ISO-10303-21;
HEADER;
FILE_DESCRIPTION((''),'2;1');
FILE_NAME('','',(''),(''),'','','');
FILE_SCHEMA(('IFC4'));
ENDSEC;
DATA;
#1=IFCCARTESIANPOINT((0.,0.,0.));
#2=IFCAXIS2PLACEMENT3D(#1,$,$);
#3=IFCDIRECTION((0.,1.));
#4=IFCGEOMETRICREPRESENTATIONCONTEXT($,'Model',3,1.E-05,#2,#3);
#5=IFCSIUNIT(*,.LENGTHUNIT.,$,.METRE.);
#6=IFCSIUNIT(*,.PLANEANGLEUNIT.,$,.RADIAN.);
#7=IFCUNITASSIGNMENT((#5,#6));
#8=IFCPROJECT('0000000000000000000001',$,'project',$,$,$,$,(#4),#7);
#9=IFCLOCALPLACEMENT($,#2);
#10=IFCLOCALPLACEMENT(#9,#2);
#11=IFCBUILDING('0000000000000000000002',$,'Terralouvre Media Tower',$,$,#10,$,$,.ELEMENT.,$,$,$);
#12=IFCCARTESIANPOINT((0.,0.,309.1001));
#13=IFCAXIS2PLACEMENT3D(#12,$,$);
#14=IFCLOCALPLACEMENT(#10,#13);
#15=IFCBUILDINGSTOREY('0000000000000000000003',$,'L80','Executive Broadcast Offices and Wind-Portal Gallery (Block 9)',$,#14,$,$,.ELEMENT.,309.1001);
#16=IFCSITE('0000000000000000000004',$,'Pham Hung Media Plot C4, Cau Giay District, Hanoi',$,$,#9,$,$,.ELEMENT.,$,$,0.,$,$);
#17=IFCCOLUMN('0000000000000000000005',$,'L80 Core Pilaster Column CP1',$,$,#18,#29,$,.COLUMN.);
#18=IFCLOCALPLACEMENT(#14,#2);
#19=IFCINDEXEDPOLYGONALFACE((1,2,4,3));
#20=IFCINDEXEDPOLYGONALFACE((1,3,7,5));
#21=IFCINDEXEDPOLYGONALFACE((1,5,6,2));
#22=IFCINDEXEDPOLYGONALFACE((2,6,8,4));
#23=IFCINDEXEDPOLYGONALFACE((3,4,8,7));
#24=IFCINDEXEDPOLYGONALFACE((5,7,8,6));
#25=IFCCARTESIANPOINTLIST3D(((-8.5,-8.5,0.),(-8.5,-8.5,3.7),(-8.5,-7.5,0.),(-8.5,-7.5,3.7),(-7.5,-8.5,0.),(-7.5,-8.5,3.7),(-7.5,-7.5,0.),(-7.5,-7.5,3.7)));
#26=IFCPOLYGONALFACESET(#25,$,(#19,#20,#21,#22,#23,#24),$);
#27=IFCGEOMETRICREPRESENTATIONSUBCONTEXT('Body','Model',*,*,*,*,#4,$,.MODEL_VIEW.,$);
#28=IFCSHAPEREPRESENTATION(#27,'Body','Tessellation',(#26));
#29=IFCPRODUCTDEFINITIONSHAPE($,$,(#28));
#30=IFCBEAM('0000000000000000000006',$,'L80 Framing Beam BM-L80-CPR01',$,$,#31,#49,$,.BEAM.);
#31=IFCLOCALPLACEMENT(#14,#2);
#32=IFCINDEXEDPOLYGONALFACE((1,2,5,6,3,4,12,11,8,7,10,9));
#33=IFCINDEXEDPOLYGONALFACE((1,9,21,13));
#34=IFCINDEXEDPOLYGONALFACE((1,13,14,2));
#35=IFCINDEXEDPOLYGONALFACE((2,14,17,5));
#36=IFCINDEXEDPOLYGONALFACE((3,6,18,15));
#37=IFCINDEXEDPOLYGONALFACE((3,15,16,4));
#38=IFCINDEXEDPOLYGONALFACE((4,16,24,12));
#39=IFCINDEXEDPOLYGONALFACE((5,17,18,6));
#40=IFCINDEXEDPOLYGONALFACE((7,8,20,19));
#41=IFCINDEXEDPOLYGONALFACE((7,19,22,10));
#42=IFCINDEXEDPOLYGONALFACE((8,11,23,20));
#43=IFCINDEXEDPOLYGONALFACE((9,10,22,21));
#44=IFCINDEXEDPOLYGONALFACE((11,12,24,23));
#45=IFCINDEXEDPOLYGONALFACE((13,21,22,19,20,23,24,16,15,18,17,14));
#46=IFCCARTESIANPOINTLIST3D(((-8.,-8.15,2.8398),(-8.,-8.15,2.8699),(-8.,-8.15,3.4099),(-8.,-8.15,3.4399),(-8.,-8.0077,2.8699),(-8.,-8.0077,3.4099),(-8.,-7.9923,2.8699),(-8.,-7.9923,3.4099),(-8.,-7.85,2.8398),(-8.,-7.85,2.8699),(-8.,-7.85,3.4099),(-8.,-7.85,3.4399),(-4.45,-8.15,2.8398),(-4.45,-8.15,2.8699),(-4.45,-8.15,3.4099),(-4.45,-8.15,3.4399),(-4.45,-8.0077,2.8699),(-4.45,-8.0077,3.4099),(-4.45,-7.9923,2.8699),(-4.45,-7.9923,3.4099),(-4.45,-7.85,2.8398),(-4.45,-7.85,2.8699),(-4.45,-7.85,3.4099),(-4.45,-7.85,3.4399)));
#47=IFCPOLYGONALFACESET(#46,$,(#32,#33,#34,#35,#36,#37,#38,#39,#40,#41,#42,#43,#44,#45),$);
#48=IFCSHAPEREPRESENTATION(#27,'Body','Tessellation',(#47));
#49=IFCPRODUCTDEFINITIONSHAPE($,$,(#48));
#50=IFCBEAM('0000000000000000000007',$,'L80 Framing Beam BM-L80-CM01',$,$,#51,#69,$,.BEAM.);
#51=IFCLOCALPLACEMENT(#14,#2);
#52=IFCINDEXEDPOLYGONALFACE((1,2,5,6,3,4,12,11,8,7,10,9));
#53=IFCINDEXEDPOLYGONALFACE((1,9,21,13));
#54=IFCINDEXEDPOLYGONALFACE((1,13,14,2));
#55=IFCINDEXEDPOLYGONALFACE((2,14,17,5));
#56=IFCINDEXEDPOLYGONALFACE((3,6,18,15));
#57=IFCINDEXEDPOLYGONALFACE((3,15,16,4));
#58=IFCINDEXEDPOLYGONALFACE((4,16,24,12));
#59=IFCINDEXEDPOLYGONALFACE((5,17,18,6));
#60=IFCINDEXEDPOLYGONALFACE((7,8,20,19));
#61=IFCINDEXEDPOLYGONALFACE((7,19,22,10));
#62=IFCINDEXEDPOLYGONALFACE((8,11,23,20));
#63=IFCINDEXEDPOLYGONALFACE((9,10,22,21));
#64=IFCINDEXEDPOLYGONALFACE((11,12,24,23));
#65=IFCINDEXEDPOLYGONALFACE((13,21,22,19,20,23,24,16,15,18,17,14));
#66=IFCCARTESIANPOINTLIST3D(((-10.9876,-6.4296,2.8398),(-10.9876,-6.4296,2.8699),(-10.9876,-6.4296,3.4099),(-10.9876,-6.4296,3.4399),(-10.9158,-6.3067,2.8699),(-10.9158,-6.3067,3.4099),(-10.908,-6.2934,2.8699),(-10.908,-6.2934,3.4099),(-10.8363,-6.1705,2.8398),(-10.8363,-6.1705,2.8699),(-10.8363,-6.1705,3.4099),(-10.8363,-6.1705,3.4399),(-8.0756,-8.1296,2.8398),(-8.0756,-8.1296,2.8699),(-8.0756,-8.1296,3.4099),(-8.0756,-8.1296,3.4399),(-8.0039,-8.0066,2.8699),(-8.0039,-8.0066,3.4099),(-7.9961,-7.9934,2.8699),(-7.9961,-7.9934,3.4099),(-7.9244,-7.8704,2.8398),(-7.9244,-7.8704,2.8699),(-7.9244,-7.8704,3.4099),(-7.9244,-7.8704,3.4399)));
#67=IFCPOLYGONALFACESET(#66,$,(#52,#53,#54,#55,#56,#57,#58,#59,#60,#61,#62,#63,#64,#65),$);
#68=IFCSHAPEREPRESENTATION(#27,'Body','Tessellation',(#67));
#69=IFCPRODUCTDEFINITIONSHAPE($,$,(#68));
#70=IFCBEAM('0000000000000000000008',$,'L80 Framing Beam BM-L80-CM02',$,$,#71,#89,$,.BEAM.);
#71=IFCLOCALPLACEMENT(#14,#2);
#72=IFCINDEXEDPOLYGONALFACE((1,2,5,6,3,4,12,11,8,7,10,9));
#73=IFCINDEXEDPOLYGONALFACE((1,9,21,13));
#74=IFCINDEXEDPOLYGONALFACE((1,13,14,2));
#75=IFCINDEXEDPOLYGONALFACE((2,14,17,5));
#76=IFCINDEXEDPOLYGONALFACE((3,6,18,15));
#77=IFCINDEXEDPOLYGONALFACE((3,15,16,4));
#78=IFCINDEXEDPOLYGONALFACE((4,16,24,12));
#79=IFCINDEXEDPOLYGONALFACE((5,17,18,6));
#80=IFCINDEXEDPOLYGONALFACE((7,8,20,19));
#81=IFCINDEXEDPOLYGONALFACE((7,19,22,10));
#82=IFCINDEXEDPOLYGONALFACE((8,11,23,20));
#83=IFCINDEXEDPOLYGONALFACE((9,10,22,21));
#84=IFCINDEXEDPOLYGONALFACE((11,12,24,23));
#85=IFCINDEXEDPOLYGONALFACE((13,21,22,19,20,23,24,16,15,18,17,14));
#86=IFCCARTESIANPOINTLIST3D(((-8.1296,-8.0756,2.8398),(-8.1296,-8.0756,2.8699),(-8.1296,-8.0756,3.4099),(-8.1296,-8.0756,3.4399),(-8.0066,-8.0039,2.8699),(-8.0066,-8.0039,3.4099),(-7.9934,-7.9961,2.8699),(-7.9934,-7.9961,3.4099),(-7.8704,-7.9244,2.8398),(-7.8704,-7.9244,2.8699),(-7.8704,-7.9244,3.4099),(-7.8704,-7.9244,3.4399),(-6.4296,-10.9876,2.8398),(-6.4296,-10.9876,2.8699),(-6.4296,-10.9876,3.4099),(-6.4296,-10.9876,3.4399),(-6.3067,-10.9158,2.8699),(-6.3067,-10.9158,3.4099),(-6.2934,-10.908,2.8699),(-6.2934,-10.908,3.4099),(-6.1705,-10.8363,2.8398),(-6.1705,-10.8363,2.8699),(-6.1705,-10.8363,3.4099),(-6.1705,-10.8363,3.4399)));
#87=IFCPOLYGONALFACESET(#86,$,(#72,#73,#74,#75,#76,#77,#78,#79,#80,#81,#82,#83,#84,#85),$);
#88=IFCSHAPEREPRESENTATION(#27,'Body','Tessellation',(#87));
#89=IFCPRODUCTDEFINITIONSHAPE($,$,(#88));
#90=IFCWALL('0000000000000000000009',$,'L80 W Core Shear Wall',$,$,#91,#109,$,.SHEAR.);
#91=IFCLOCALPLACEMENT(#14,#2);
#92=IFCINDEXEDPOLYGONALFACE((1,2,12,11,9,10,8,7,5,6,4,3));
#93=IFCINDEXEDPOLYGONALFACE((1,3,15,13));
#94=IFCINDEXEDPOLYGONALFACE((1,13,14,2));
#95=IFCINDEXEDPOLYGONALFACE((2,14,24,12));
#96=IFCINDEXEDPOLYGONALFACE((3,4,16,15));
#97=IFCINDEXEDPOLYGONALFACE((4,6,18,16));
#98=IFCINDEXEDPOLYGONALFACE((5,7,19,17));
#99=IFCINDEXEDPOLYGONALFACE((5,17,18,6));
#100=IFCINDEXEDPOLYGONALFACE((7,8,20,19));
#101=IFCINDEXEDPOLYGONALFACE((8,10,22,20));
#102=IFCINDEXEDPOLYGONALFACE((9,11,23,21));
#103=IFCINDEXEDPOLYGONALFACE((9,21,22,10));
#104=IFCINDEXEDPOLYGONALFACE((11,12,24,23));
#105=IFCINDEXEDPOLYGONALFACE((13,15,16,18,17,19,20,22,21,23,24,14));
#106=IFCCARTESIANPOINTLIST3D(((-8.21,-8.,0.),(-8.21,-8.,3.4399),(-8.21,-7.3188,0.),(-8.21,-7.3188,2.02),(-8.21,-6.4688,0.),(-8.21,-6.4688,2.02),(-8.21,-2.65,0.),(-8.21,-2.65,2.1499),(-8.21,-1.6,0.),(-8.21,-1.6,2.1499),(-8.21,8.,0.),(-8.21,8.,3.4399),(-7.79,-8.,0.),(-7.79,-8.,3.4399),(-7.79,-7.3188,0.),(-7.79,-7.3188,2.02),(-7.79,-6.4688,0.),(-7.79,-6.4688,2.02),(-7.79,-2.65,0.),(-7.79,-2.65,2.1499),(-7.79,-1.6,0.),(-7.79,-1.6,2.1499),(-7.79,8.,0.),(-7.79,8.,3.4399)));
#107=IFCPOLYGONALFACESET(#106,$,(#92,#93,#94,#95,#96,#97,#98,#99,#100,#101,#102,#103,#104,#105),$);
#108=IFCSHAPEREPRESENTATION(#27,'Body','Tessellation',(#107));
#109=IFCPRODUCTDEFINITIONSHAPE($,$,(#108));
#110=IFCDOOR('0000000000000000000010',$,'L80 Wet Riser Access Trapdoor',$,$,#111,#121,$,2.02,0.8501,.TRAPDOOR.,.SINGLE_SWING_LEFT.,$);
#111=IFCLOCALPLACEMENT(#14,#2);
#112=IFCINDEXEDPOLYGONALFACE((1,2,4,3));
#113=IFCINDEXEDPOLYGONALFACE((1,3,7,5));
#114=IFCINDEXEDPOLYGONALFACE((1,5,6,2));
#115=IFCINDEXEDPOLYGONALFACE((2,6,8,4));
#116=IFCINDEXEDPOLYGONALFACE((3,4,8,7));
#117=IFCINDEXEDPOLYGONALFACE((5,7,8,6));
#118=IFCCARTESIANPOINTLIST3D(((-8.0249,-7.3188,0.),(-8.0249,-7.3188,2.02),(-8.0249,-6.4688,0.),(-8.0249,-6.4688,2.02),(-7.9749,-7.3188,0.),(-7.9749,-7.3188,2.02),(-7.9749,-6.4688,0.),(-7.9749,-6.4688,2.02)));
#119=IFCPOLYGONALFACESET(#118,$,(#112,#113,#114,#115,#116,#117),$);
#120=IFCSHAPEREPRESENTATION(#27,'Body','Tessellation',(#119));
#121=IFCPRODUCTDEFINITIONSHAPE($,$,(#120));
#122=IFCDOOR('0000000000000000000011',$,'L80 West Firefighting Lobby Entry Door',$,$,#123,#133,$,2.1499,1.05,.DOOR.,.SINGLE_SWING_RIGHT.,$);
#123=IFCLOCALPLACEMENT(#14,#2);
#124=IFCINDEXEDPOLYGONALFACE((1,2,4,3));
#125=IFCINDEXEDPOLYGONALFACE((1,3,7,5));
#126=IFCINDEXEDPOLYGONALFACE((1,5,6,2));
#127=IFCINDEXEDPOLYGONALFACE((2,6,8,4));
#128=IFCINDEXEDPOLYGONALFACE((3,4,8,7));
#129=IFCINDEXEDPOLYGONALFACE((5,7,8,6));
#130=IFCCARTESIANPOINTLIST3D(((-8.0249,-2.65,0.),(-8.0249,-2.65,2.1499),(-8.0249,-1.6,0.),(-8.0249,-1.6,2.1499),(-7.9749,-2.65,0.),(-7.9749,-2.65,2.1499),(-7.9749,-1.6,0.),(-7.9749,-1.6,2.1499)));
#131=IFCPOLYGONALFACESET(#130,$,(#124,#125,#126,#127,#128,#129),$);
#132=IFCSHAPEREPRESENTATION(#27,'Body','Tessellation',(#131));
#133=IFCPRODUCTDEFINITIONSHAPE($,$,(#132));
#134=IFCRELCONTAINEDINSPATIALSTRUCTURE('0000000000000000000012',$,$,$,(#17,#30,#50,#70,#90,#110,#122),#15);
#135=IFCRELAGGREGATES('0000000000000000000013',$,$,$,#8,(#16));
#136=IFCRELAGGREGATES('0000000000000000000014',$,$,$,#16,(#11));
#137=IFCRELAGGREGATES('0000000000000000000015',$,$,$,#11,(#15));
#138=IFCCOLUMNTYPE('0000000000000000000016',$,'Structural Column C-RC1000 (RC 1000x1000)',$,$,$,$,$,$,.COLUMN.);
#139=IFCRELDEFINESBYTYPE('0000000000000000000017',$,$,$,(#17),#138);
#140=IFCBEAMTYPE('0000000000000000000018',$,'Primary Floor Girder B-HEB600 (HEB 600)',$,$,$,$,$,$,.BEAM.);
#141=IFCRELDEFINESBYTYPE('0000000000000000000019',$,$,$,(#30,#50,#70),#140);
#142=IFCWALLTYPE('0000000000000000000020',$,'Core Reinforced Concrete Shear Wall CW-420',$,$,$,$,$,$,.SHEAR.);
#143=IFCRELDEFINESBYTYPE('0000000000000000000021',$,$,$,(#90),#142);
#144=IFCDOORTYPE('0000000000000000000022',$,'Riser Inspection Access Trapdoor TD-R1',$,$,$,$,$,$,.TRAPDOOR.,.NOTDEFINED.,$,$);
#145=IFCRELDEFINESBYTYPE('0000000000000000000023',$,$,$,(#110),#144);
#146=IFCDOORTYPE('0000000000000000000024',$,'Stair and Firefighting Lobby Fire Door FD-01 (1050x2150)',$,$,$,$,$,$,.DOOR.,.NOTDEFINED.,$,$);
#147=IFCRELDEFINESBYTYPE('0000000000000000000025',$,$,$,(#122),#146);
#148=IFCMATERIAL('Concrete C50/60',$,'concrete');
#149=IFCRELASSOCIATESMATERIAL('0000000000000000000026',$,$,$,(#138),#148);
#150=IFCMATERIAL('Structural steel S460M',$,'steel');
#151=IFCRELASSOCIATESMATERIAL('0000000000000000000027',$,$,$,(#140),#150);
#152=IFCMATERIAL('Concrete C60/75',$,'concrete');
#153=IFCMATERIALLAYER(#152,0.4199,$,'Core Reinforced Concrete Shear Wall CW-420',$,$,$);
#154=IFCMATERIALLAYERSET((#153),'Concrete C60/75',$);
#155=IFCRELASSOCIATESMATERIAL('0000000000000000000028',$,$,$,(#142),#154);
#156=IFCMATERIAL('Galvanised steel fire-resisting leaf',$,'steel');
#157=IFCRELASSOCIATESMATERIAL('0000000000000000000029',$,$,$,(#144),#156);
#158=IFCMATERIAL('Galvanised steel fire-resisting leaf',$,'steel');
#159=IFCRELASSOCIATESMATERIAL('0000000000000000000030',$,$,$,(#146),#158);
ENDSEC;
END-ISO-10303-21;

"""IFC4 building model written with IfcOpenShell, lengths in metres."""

from ifc_helpers import new_model, si_unit, direction, frame, frame_2d, origin, origin_2d, place, context, subcontext, project, spatial, rectangle, i_section, extrude, material, layer, layer_set, material_profile, profile_set, type_object, element, fill, save


model = new_model("IFC4")

# Units and contexts
model_context = context("Model", 3, precision=1e-05, world=origin(), true_north=direction((0.0, 1.0)))
body_context = subcontext(model_context, "Body", "Model", "MODEL_VIEW")
ifc_project = project(units=[si_unit("LENGTHUNIT", "METRE"), si_unit("PLANEANGLEUNIT", "RADIAN")], contexts=[model_context])

# Site, building, storey
site_placement = place(None, origin())
site = spatial("IfcSite", under=ifc_project, at=site_placement, Name="Pham Hung Media Plot C4, Cau Giay District, Hanoi", CompositionType="ELEMENT", RefElevation=0.0)
building_placement = place(site_placement, origin())
building = spatial("IfcBuilding", under=site, at=building_placement, Name="Terralouvre Media Tower", CompositionType="ELEMENT")
storey_placement = place(building_placement, frame((0.0, 0.0, 309.1001)))
storey = spatial("IfcBuildingStorey", under=building, at=storey_placement, Name="L80", Description="Executive Broadcast Offices and Wind-Portal Gallery (Block 9)", CompositionType="ELEMENT", Elevation=309.1001)

# Column
ifc_material_1 = material(Name="Concrete C50/60", Category="concrete")
ifc_material_profile_1 = material_profile(ifc_material_1, rectangle(XDim=1.0, YDim=1.0, at=origin_2d()), Name="RC 1000x1000")
ifc_profile_set_1 = profile_set([ifc_material_profile_1], Name="Concrete C50/60")
column_type = type_object("IfcColumnType", Name="Structural Column C-RC1000 (RC 1000x1000)", PredefinedType="COLUMN", material=ifc_profile_set_1)
column_placement = place(storey_placement, frame((-8.0, -8.0, 0.0), z_axis=(0.0, 0.0, 1.0), x_axis=(1.0, 0.0, 0.0)))
element("IfcColumn", 1, at=column_placement, inside=storey, type_object=column_type, Name="L80 Core Pilaster Column CP1", PredefinedType="COLUMN", context=body_context, shape_type="SweptSolid", body=[
    extrude(rectangle(XDim=1.0, YDim=1.0, at=origin_2d()), origin(), (0.0, 0.0, 1.0), 3.7),
])

# Beams
ifc_material_2 = material(Name="Structural steel S460M", Category="steel")
ifc_material_profile_2 = material_profile(ifc_material_2, i_section(OverallWidth=0.3, OverallDepth=0.6001, WebThickness=0.0154, FlangeThickness=0.03, at=origin_2d()), Name="HEB 600")
ifc_profile_set_2 = profile_set([ifc_material_profile_2], Name="Structural steel S460M")
beam_type = type_object("IfcBeamType", Name="Primary Floor Girder B-HEB600 (HEB 600)", PredefinedType="BEAM", material=ifc_profile_set_2)
beam_placement = place(storey_placement, frame((-8.0, -8.0, 3.1399), z_axis=(1.0, 0.0, 0.0), x_axis=(0.0, 1.0, 0.0)))
element("IfcBeam", 2, at=beam_placement, inside=storey, type_object=beam_type, Name="L80 Framing Beam BM-L80-CPR01", PredefinedType="BEAM", context=body_context, shape_type="SweptSolid", body=[
    extrude(i_section(OverallWidth=0.3, OverallDepth=0.6001, WebThickness=0.0154, FlangeThickness=0.03, at=origin_2d()), origin(), (0.0, 0.0, 1.0), 3.55),
])
for number, where, z_axis, x_axis, name in (
    (3, (-8.0, -8.0, 3.1399), (-0.863603, 0.504173, 0.0), (-0.504173, -0.863603, 0.0), "L80 Framing Beam BM-L80-CM01"),
    (4, (-8.0, -8.0, 3.1399), (0.504173, -0.863603, 0.0), (0.863603, 0.504173, 0.0), "L80 Framing Beam BM-L80-CM02"),
):
    element("IfcBeam", number, at=place(storey_placement, frame(where, z_axis=z_axis, x_axis=x_axis)), inside=storey, type_object=beam_type, Name=name, PredefinedType="BEAM", context=body_context, shape_type="SweptSolid", body=[
        extrude(i_section(OverallWidth=0.3, OverallDepth=0.6001, WebThickness=0.0154, FlangeThickness=0.03, at=origin_2d()), origin(), (0.0, 0.0, 1.0), 3.3718),
    ])

# Wall, openings, doors
ifc_material_3 = material(Name="Concrete C60/75", Category="concrete")
ifc_layer_1 = layer(ifc_material_3, 0.4199, Name="Core Reinforced Concrete Shear Wall CW-420")
ifc_layer_set_1 = layer_set([ifc_layer_1], Name="Concrete C60/75")
wall_type_1 = type_object("IfcWallType", Name="Core Reinforced Concrete Shear Wall CW-420", PredefinedType="SHEAR", material=ifc_layer_set_1)
wall_1_placement = place(storey_placement, frame((-8.0, -8.0, 0.0), z_axis=(0.0, 0.0, 1.0), x_axis=(0.0, 1.0, 0.0)))
wall_1 = element("IfcWall", 5, at=wall_1_placement, inside=storey, type_object=wall_type_1, Name="L80 W Core Shear Wall", PredefinedType="SHEAR", context=body_context, shape_type="SweptSolid", body=[
    extrude(rectangle(XDim=16.0, YDim=0.4199, at=frame_2d((8.0, 0.0))), origin(), (0.0, 0.0, 1.0), 3.4399),
])
opening_1_placement = place(wall_1_placement, frame((0.6812, 0.0, 0.0)))
opening_1 = element("IfcOpeningElement", 6, at=opening_1_placement, cuts=wall_1, PredefinedType="OPENING", context=body_context, shape_type="SweptSolid", body=[
    extrude(rectangle(XDim=0.8501, YDim=2.02, at=frame_2d((0.425, 1.01))), frame((0.0, 0.22, 0.0), z_axis=(0.0, -1.0, 0.0), x_axis=(1.0, 0.0, 0.0)), (0.0, 0.0, 1.0), 0.4399),
])
opening_2_placement = place(wall_1_placement, frame((5.3501, 0.0, 0.0)))
opening_2 = element("IfcOpeningElement", 7, at=opening_2_placement, cuts=wall_1, PredefinedType="OPENING", context=body_context, shape_type="SweptSolid", body=[
    extrude(rectangle(XDim=1.05, YDim=2.1499, at=frame_2d((0.5249, 1.075))), frame((0.0, 0.22, 0.0), z_axis=(0.0, -1.0, 0.0), x_axis=(1.0, 0.0, 0.0)), (0.0, 0.0, 1.0), 0.4399),
])
ifc_material_4 = material(Name="Galvanised steel fire-resisting leaf", Category="steel")
door_type_1 = type_object("IfcDoorType", Name="Riser Inspection Access Trapdoor TD-R1", OperationType="NOTDEFINED", PredefinedType="TRAPDOOR", material=ifc_material_4)
door_1_placement = place(opening_1_placement, origin())
door_1 = element("IfcDoor", 8, at=door_1_placement, inside=storey, type_object=door_type_1, Name="L80 Wet Riser Access Trapdoor", OperationType="SINGLE_SWING_LEFT", OverallHeight=2.02, OverallWidth=0.8501, PredefinedType="TRAPDOOR", context=body_context, shape_type="SweptSolid", body=[
    extrude(rectangle(XDim=0.8501, YDim=2.02, at=frame_2d((0.425, 1.01))), frame((0.0, 0.0249, 0.0), z_axis=(0.0, -1.0, 0.0), x_axis=(1.0, 0.0, 0.0)), (0.0, 0.0, 1.0), 0.05),
])
fill(opening_1, door_1)
ifc_material_5 = material(Name="Galvanised steel fire-resisting leaf", Category="steel")
door_type_2 = type_object("IfcDoorType", Name="Stair and Firefighting Lobby Fire Door FD-01 (1050x2150)", OperationType="NOTDEFINED", PredefinedType="DOOR", material=ifc_material_5)
door_2_placement = place(opening_2_placement, origin())
door_2 = element("IfcDoor", 9, at=door_2_placement, inside=storey, type_object=door_type_2, Name="L80 West Firefighting Lobby Entry Door", OperationType="SINGLE_SWING_RIGHT", OverallHeight=2.1499, OverallWidth=1.05, PredefinedType="DOOR", context=body_context, shape_type="SweptSolid", body=[
    extrude(rectangle(XDim=1.05, YDim=2.1499, at=frame_2d((0.5249, 1.075))), frame((0.0, 0.0249, 0.0), z_axis=(0.0, -1.0, 0.0), x_axis=(1.0, 0.0, 0.0)), (0.0, 0.0, 1.0), 0.05),
])
fill(opening_2, door_2)

save(model, "model.ifc")
